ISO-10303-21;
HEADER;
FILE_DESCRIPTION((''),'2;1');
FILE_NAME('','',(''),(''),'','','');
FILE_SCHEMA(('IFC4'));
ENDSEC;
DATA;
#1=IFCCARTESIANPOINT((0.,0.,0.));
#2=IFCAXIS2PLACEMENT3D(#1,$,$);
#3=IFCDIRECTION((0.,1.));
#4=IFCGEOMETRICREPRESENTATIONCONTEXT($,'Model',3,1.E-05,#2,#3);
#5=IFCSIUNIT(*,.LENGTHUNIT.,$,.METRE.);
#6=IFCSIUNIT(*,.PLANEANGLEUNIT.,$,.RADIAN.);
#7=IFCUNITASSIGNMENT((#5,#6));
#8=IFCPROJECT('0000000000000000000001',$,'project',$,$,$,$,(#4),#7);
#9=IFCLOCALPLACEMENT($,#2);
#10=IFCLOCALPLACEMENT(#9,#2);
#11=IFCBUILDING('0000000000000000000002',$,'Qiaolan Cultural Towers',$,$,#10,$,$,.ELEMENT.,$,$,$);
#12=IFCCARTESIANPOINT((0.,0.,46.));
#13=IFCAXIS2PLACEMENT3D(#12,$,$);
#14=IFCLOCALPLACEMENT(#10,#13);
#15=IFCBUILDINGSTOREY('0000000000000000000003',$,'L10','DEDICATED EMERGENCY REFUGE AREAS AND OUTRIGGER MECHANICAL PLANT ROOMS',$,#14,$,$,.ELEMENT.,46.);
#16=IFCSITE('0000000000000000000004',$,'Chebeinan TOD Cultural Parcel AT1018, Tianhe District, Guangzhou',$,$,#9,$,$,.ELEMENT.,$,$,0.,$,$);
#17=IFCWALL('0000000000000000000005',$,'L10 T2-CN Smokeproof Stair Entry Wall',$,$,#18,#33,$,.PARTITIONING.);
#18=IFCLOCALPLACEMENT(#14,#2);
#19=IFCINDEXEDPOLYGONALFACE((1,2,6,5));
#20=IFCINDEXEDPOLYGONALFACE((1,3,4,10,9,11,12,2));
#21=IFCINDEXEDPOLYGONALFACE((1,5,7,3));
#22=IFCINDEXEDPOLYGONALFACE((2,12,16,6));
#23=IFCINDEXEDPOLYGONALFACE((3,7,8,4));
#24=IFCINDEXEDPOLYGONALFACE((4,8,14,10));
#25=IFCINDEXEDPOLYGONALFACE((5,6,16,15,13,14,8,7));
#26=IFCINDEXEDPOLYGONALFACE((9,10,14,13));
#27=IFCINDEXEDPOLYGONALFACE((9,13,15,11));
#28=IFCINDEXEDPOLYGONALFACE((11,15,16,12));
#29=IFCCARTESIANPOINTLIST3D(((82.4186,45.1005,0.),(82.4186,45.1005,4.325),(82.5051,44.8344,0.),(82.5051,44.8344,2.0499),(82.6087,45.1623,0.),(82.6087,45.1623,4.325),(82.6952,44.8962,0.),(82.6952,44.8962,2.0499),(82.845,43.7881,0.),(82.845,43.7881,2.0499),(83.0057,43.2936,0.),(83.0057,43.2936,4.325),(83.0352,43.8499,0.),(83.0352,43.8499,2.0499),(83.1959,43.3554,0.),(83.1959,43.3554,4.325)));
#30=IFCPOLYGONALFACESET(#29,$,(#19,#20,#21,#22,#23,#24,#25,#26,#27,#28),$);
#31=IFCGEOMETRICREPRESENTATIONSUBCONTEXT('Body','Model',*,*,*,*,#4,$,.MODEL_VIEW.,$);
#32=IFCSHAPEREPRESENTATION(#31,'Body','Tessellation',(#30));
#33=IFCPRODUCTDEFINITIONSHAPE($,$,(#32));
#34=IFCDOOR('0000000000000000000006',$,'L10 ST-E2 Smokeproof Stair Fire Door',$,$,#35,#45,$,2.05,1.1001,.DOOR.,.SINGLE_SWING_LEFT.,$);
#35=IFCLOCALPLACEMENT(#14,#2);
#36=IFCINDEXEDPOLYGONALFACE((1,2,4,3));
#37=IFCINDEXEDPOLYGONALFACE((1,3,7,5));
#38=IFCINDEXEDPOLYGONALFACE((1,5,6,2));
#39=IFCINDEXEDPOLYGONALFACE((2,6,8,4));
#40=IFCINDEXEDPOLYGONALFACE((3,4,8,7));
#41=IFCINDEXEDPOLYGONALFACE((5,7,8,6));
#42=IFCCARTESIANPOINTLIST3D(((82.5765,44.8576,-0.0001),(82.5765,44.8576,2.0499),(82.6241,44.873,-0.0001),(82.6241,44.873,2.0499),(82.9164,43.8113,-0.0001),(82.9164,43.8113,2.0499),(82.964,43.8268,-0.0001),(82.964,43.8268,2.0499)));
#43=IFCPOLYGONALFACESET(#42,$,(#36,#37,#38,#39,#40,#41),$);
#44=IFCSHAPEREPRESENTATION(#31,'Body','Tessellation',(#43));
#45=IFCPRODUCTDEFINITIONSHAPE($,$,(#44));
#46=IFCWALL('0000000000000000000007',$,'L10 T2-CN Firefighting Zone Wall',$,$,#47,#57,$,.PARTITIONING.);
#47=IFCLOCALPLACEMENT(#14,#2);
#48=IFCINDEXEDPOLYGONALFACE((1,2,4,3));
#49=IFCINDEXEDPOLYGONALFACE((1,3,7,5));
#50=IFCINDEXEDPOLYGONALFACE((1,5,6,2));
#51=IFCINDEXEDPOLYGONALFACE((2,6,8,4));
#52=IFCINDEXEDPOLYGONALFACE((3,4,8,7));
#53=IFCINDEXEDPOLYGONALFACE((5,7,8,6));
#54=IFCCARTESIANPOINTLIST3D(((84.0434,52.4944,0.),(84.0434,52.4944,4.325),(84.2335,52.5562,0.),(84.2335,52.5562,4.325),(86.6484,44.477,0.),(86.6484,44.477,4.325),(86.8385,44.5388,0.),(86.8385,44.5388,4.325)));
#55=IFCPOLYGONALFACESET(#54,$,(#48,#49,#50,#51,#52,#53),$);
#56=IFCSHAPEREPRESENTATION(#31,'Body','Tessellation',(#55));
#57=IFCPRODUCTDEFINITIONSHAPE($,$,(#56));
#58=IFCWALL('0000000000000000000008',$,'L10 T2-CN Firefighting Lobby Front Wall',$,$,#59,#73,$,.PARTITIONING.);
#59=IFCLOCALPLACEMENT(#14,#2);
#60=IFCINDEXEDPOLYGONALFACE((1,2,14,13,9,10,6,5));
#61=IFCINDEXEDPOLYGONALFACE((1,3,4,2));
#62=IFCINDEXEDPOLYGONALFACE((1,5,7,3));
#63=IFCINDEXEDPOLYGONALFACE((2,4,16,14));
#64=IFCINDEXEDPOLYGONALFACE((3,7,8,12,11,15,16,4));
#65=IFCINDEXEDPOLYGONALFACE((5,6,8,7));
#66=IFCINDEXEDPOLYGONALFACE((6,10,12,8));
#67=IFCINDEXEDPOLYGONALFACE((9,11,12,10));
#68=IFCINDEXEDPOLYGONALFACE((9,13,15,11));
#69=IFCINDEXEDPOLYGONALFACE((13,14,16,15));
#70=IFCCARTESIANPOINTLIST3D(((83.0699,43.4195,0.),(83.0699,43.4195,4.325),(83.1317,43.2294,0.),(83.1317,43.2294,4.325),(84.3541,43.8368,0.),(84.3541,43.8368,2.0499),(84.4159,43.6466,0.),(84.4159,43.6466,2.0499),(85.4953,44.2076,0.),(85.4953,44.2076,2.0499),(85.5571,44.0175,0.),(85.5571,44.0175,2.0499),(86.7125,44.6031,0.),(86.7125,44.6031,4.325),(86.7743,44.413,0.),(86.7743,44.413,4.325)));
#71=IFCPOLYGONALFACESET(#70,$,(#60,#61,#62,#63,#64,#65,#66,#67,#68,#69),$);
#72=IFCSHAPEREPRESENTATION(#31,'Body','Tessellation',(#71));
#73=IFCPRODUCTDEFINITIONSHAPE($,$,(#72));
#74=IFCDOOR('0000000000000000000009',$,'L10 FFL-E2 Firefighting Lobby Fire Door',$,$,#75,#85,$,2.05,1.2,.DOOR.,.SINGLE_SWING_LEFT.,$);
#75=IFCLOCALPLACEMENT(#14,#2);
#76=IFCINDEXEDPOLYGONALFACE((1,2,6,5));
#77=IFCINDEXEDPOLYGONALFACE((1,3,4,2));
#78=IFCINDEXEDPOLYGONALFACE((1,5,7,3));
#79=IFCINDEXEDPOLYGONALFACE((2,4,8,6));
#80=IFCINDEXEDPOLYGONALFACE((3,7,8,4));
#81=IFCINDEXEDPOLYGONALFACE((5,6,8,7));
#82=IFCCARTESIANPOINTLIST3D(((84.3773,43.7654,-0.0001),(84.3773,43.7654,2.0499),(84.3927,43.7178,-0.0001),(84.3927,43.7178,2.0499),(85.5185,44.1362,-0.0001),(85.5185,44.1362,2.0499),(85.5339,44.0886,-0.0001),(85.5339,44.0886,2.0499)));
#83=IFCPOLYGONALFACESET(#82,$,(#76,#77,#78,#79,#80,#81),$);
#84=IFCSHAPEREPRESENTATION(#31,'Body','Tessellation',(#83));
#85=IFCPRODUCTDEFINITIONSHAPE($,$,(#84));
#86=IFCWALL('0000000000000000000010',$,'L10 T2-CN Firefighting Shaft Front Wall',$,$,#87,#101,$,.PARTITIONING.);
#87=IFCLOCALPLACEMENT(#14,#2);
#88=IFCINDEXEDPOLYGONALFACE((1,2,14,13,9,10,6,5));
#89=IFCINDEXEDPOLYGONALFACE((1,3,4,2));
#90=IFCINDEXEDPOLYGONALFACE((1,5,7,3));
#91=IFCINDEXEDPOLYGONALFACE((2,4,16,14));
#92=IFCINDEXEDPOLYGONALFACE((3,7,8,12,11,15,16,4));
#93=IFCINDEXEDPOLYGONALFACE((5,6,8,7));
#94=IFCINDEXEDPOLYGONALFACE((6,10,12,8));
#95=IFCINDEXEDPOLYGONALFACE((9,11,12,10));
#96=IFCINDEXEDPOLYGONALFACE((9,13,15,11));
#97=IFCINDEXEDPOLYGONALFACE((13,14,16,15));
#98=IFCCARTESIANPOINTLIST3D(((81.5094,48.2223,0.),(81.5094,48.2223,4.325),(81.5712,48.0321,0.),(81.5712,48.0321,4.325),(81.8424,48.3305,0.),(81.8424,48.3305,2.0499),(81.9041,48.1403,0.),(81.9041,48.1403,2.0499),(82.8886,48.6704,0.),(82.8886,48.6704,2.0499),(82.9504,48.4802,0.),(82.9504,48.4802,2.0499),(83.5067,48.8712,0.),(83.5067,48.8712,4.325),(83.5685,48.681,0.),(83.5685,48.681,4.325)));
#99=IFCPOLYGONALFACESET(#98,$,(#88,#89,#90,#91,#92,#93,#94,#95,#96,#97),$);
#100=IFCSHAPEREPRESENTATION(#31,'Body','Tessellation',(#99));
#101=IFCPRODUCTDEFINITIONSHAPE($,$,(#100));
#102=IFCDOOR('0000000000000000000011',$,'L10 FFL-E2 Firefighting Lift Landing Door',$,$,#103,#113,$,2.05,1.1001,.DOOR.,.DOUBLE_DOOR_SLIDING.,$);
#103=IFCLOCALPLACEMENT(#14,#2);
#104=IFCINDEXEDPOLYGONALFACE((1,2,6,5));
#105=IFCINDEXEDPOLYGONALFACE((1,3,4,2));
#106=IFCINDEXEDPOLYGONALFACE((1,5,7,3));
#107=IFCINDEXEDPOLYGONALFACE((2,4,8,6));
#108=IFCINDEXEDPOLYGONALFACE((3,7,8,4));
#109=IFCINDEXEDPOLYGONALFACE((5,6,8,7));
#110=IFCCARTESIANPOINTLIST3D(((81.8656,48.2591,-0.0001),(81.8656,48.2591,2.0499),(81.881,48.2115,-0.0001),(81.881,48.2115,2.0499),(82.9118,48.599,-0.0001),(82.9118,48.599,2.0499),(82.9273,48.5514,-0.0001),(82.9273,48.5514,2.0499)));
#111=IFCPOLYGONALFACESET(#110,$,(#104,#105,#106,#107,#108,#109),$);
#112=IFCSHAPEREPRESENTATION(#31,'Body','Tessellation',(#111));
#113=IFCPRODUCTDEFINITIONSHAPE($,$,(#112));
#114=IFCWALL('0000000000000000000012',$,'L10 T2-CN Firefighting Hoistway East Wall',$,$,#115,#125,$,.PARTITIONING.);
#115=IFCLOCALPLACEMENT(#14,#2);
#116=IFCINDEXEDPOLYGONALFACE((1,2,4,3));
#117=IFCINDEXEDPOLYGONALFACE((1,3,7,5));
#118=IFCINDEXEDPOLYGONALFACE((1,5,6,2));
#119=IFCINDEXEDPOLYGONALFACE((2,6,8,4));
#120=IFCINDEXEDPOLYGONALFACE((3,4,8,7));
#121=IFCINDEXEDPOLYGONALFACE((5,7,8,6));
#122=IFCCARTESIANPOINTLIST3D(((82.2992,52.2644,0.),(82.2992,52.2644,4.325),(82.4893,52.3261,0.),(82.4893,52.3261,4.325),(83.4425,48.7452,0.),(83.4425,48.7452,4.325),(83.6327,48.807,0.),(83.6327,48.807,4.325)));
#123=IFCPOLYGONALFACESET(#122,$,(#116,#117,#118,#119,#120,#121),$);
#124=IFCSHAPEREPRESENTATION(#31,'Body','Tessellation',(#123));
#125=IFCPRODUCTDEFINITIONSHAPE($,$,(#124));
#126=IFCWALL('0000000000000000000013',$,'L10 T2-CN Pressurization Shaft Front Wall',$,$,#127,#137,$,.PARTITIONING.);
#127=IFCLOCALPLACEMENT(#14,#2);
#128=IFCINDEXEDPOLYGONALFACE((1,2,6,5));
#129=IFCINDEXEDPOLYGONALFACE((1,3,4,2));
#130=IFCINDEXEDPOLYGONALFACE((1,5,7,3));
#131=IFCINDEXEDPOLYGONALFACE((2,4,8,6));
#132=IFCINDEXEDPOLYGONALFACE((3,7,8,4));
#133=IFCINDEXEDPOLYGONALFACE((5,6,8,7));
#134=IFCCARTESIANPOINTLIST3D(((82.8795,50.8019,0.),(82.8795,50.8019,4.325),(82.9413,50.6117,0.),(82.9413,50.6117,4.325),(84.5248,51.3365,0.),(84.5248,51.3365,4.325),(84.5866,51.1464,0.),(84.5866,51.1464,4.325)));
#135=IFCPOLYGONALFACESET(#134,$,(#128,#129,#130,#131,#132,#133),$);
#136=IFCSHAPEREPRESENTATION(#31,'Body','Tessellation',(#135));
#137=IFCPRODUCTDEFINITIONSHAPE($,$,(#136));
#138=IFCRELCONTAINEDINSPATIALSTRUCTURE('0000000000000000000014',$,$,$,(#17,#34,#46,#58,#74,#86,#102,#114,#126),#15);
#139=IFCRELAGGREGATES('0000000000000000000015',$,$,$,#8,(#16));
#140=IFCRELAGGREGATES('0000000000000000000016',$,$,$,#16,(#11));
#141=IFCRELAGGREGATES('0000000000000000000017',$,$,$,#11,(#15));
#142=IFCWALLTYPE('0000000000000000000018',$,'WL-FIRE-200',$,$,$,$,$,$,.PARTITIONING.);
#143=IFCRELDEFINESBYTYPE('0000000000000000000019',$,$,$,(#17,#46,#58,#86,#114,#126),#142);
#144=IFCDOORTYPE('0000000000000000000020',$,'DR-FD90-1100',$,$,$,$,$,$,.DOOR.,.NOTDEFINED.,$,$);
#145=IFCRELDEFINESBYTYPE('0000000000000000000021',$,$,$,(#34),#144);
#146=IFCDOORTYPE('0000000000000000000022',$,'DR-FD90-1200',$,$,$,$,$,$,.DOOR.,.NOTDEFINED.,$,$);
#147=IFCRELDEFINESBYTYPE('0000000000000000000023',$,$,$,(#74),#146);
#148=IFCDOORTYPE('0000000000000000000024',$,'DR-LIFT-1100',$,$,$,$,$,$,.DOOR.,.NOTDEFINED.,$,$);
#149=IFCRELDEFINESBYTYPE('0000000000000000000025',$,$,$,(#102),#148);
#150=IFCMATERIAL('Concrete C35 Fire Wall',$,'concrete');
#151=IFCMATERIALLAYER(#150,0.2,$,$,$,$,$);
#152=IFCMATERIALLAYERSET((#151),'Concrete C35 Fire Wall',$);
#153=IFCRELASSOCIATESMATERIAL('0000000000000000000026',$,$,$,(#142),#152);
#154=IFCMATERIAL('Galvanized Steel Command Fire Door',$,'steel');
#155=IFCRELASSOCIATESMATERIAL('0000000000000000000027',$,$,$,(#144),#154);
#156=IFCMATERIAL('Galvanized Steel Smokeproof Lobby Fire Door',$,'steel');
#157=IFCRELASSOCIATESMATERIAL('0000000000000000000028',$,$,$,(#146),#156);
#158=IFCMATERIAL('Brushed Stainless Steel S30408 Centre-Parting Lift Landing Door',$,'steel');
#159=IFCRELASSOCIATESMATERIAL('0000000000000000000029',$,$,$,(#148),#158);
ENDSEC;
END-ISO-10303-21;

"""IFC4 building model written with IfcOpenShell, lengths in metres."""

from ifc_helpers import new_model, si_unit, direction, frame, frame_2d, origin, place, context, subcontext, project, spatial, rectangle, extrude, material, layer, layer_set, type_object, element, fill, save


model = new_model("IFC4")

# Units and contexts
model_context = context("Model", 3, precision=1e-05, world=origin(), true_north=direction((0.0, 1.0)))
body_context = subcontext(model_context, "Body", "Model", "MODEL_VIEW")
ifc_project = project(units=[si_unit("LENGTHUNIT", "METRE"), si_unit("PLANEANGLEUNIT", "RADIAN")], contexts=[model_context])

# Site, building, storey
site_placement = place(None, origin())
site = spatial("IfcSite", under=ifc_project, at=site_placement, Name="Chebeinan TOD Cultural Parcel AT1018, Tianhe District, Guangzhou", CompositionType="ELEMENT", RefElevation=0.0)
building_placement = place(site_placement, origin())
building = spatial("IfcBuilding", under=site, at=building_placement, Name="Qiaolan Cultural Towers", CompositionType="ELEMENT")
storey_placement = place(building_placement, frame((0.0, 0.0, 46.0)))
storey = spatial("IfcBuildingStorey", under=building, at=storey_placement, Name="L10", Description="DEDICATED EMERGENCY REFUGE AREAS AND OUTRIGGER MECHANICAL PLANT ROOMS", CompositionType="ELEMENT", Elevation=46.0)

# Wall, opening, door
ifc_material_1 = material(Name="Concrete C35 Fire Wall", Category="concrete")
ifc_layer_1 = layer(ifc_material_1, 0.2)
ifc_layer_set_1 = layer_set([ifc_layer_1], Name="Concrete C35 Fire Wall")
wall_type_1 = type_object("IfcWallType", Name="WL-FIRE-200", PredefinedType="PARTITIONING", material=ifc_layer_set_1)
wall_1_placement = place(storey_placement, frame((83.1008, 43.3245, 0.0), z_axis=(0.0, 0.0, 1.0), x_axis=(-0.309048, 0.951046, 0.0)))
wall_1 = element("IfcWall", 1, at=wall_1_placement, inside=storey, type_object=wall_type_1, Name="L10 T2-CN Smokeproof Stair Entry Wall", PredefinedType="PARTITIONING", context=body_context, shape_type="SweptSolid", body=[
    extrude(rectangle(XDim=1.8999, YDim=0.2, at=frame_2d((0.95, 0.0))), origin(), (0.0, 0.0, 1.0), 4.325),
])
opening_1_placement = place(wall_1_placement, frame((0.52, 0.0, 0.0)))
opening_1 = element("IfcOpeningElement", 2, at=opening_1_placement, cuts=wall_1, PredefinedType="OPENING", context=body_context, shape_type="SweptSolid", body=[
    extrude(rectangle(XDim=1.1001, YDim=2.05, at=frame_2d((0.55, 1.0249))), frame((0.0, 0.1099, 0.0), z_axis=(0.0, -1.0, 0.0), x_axis=(1.0, 0.0, 0.0)), (0.0, 0.0, 1.0), 0.22),
])
ifc_material_2 = material(Name="Galvanized Steel Command Fire Door", Category="steel")
door_type_1 = type_object("IfcDoorType", Name="DR-FD90-1100", OperationType="NOTDEFINED", PredefinedType="DOOR", material=ifc_material_2)
door_1_placement = place(opening_1_placement, origin())
door_1 = element("IfcDoor", 3, at=door_1_placement, inside=storey, type_object=door_type_1, Name="L10 ST-E2 Smokeproof Stair Fire Door", OperationType="SINGLE_SWING_LEFT", OverallHeight=2.05, OverallWidth=1.1001, PredefinedType="DOOR", context=body_context, shape_type="SweptSolid", body=[
    extrude(rectangle(XDim=1.1001, YDim=2.05, at=frame_2d((0.55, 1.0249))), frame((0.0, 0.0249, 0.0), z_axis=(0.0, -1.0, 0.0), x_axis=(1.0, 0.0, 0.0)), (0.0, 0.0, 1.0), 0.05),
])
fill(opening_1, door_1)

# Wall
wall_2_placement = place(storey_placement, frame((86.7434, 44.5081, 0.0), z_axis=(0.0, 0.0, 1.0), x_axis=(-0.309016, 0.951057, 0.0)))
element("IfcWall", 4, at=wall_2_placement, inside=storey, type_object=wall_type_1, Name="L10 T2-CN Firefighting Zone Wall", PredefinedType="PARTITIONING", context=body_context, shape_type="SweptSolid", body=[
    extrude(rectangle(XDim=8.4299, YDim=0.2, at=frame_2d((4.2148, 0.0))), origin(), (0.0, 0.0, 1.0), 4.325),
])

# Walls, openings, doors
wall_3_placement = place(storey_placement, frame((83.1008, 43.3245, 0.0), z_axis=(0.0, 0.0, 1.0), x_axis=(0.951053, 0.309028, 0.0)))
wall_3 = element("IfcWall", 5, at=wall_3_placement, inside=storey, type_object=wall_type_1, Name="L10 T2-CN Firefighting Lobby Front Wall", PredefinedType="PARTITIONING", context=body_context, shape_type="SweptSolid", body=[
    extrude(rectangle(XDim=3.8301, YDim=0.2, at=frame_2d((1.915, 0.0))), origin(), (0.0, 0.0, 1.0), 4.325),
])
opening_2_placement = place(wall_3_placement, frame((1.3501, 0.0, 0.0)))
opening_2 = element("IfcOpeningElement", 6, at=opening_2_placement, cuts=wall_3, PredefinedType="OPENING", context=body_context, shape_type="SweptSolid", body=[
    extrude(rectangle(XDim=1.2, YDim=2.05, at=frame_2d((0.6001, 1.0249))), frame((0.0, 0.1099, 0.0), z_axis=(0.0, -1.0, 0.0), x_axis=(1.0, 0.0, 0.0)), (0.0, 0.0, 1.0), 0.22),
])
ifc_material_3 = material(Name="Galvanized Steel Smokeproof Lobby Fire Door", Category="steel")
door_type_2 = type_object("IfcDoorType", Name="DR-FD90-1200", OperationType="NOTDEFINED", PredefinedType="DOOR", material=ifc_material_3)
door_2_placement = place(opening_2_placement, origin())
door_2 = element("IfcDoor", 7, at=door_2_placement, inside=storey, type_object=door_type_2, Name="L10 FFL-E2 Firefighting Lobby Fire Door", OperationType="SINGLE_SWING_LEFT", OverallHeight=2.05, OverallWidth=1.2, PredefinedType="DOOR", context=body_context, shape_type="SweptSolid", body=[
    extrude(rectangle(XDim=1.2, YDim=2.05, at=frame_2d((0.6001, 1.0249))), frame((0.0, 0.0249, 0.0), z_axis=(0.0, -1.0, 0.0), x_axis=(1.0, 0.0, 0.0)), (0.0, 0.0, 1.0), 0.05),
])
fill(opening_2, door_2)
wall_4_placement = place(storey_placement, frame((81.5403, 48.1272, 0.0), z_axis=(0.0, 0.0, 1.0), x_axis=(0.951062, 0.308999, 0.0)))
wall_4 = element("IfcWall", 8, at=wall_4_placement, inside=storey, type_object=wall_type_1, Name="L10 T2-CN Firefighting Shaft Front Wall", PredefinedType="PARTITIONING", context=body_context, shape_type="SweptSolid", body=[
    extrude(rectangle(XDim=2.1001, YDim=0.2, at=frame_2d((1.05, 0.0))), origin(), (0.0, 0.0, 1.0), 4.325),
])
opening_3_placement = place(wall_4_placement, frame((0.3501, 0.0, 0.0)))
opening_3 = element("IfcOpeningElement", 9, at=opening_3_placement, cuts=wall_4, PredefinedType="OPENING", context=body_context, shape_type="SweptSolid", body=[
    extrude(rectangle(XDim=1.1001, YDim=2.05, at=frame_2d((0.55, 1.0249))), frame((0.0, 0.1099, 0.0), z_axis=(0.0, -1.0, 0.0), x_axis=(1.0, 0.0, 0.0)), (0.0, 0.0, 1.0), 0.22),
])
ifc_material_4 = material(Name="Brushed Stainless Steel S30408 Centre-Parting Lift Landing Door", Category="steel")
door_type_3 = type_object("IfcDoorType", Name="DR-LIFT-1100", OperationType="NOTDEFINED", PredefinedType="DOOR", material=ifc_material_4)
door_3_placement = place(opening_3_placement, origin())
door_3 = element("IfcDoor", 10, at=door_3_placement, inside=storey, type_object=door_type_3, Name="L10 FFL-E2 Firefighting Lift Landing Door", OperationType="DOUBLE_DOOR_SLIDING", OverallHeight=2.05, OverallWidth=1.1001, PredefinedType="DOOR", context=body_context, shape_type="SweptSolid", body=[
    extrude(rectangle(XDim=1.1001, YDim=2.05, at=frame_2d((0.55, 1.0249))), frame((0.0, 0.0249, 0.0), z_axis=(0.0, -1.0, 0.0), x_axis=(1.0, 0.0, 0.0)), (0.0, 0.0, 1.0), 0.05),
])
fill(opening_3, door_3)

# Walls
wall_5_placement = place(storey_placement, frame((83.5376, 48.7761, 0.0), z_axis=(0.0, 0.0, 1.0), x_axis=(-0.308994, 0.951064, 0.0)))
element("IfcWall", 11, at=wall_5_placement, inside=storey, type_object=wall_type_1, Name="L10 T2-CN Firefighting Hoistway East Wall", PredefinedType="PARTITIONING", context=body_context, shape_type="SweptSolid", body=[
    extrude(rectangle(XDim=3.7002, YDim=0.2, at=frame_2d((1.8501, 0.0))), origin(), (0.0, 0.0, 1.0), 4.325),
])
wall_6_placement = place(storey_placement, frame((82.9104, 50.7068, 0.0), z_axis=(0.0, 0.0, 1.0), x_axis=(0.951041, 0.309064, 0.0)))
element("IfcWall", 12, at=wall_6_placement, inside=storey, type_object=wall_type_1, Name="L10 T2-CN Pressurization Shaft Front Wall", PredefinedType="PARTITIONING", context=body_context, shape_type="SweptSolid", body=[
    extrude(rectangle(XDim=1.73, YDim=0.2, at=frame_2d((0.865, 0.0))), origin(), (0.0, 0.0, 1.0), 4.325),
])

save(model, "model.ifc")
